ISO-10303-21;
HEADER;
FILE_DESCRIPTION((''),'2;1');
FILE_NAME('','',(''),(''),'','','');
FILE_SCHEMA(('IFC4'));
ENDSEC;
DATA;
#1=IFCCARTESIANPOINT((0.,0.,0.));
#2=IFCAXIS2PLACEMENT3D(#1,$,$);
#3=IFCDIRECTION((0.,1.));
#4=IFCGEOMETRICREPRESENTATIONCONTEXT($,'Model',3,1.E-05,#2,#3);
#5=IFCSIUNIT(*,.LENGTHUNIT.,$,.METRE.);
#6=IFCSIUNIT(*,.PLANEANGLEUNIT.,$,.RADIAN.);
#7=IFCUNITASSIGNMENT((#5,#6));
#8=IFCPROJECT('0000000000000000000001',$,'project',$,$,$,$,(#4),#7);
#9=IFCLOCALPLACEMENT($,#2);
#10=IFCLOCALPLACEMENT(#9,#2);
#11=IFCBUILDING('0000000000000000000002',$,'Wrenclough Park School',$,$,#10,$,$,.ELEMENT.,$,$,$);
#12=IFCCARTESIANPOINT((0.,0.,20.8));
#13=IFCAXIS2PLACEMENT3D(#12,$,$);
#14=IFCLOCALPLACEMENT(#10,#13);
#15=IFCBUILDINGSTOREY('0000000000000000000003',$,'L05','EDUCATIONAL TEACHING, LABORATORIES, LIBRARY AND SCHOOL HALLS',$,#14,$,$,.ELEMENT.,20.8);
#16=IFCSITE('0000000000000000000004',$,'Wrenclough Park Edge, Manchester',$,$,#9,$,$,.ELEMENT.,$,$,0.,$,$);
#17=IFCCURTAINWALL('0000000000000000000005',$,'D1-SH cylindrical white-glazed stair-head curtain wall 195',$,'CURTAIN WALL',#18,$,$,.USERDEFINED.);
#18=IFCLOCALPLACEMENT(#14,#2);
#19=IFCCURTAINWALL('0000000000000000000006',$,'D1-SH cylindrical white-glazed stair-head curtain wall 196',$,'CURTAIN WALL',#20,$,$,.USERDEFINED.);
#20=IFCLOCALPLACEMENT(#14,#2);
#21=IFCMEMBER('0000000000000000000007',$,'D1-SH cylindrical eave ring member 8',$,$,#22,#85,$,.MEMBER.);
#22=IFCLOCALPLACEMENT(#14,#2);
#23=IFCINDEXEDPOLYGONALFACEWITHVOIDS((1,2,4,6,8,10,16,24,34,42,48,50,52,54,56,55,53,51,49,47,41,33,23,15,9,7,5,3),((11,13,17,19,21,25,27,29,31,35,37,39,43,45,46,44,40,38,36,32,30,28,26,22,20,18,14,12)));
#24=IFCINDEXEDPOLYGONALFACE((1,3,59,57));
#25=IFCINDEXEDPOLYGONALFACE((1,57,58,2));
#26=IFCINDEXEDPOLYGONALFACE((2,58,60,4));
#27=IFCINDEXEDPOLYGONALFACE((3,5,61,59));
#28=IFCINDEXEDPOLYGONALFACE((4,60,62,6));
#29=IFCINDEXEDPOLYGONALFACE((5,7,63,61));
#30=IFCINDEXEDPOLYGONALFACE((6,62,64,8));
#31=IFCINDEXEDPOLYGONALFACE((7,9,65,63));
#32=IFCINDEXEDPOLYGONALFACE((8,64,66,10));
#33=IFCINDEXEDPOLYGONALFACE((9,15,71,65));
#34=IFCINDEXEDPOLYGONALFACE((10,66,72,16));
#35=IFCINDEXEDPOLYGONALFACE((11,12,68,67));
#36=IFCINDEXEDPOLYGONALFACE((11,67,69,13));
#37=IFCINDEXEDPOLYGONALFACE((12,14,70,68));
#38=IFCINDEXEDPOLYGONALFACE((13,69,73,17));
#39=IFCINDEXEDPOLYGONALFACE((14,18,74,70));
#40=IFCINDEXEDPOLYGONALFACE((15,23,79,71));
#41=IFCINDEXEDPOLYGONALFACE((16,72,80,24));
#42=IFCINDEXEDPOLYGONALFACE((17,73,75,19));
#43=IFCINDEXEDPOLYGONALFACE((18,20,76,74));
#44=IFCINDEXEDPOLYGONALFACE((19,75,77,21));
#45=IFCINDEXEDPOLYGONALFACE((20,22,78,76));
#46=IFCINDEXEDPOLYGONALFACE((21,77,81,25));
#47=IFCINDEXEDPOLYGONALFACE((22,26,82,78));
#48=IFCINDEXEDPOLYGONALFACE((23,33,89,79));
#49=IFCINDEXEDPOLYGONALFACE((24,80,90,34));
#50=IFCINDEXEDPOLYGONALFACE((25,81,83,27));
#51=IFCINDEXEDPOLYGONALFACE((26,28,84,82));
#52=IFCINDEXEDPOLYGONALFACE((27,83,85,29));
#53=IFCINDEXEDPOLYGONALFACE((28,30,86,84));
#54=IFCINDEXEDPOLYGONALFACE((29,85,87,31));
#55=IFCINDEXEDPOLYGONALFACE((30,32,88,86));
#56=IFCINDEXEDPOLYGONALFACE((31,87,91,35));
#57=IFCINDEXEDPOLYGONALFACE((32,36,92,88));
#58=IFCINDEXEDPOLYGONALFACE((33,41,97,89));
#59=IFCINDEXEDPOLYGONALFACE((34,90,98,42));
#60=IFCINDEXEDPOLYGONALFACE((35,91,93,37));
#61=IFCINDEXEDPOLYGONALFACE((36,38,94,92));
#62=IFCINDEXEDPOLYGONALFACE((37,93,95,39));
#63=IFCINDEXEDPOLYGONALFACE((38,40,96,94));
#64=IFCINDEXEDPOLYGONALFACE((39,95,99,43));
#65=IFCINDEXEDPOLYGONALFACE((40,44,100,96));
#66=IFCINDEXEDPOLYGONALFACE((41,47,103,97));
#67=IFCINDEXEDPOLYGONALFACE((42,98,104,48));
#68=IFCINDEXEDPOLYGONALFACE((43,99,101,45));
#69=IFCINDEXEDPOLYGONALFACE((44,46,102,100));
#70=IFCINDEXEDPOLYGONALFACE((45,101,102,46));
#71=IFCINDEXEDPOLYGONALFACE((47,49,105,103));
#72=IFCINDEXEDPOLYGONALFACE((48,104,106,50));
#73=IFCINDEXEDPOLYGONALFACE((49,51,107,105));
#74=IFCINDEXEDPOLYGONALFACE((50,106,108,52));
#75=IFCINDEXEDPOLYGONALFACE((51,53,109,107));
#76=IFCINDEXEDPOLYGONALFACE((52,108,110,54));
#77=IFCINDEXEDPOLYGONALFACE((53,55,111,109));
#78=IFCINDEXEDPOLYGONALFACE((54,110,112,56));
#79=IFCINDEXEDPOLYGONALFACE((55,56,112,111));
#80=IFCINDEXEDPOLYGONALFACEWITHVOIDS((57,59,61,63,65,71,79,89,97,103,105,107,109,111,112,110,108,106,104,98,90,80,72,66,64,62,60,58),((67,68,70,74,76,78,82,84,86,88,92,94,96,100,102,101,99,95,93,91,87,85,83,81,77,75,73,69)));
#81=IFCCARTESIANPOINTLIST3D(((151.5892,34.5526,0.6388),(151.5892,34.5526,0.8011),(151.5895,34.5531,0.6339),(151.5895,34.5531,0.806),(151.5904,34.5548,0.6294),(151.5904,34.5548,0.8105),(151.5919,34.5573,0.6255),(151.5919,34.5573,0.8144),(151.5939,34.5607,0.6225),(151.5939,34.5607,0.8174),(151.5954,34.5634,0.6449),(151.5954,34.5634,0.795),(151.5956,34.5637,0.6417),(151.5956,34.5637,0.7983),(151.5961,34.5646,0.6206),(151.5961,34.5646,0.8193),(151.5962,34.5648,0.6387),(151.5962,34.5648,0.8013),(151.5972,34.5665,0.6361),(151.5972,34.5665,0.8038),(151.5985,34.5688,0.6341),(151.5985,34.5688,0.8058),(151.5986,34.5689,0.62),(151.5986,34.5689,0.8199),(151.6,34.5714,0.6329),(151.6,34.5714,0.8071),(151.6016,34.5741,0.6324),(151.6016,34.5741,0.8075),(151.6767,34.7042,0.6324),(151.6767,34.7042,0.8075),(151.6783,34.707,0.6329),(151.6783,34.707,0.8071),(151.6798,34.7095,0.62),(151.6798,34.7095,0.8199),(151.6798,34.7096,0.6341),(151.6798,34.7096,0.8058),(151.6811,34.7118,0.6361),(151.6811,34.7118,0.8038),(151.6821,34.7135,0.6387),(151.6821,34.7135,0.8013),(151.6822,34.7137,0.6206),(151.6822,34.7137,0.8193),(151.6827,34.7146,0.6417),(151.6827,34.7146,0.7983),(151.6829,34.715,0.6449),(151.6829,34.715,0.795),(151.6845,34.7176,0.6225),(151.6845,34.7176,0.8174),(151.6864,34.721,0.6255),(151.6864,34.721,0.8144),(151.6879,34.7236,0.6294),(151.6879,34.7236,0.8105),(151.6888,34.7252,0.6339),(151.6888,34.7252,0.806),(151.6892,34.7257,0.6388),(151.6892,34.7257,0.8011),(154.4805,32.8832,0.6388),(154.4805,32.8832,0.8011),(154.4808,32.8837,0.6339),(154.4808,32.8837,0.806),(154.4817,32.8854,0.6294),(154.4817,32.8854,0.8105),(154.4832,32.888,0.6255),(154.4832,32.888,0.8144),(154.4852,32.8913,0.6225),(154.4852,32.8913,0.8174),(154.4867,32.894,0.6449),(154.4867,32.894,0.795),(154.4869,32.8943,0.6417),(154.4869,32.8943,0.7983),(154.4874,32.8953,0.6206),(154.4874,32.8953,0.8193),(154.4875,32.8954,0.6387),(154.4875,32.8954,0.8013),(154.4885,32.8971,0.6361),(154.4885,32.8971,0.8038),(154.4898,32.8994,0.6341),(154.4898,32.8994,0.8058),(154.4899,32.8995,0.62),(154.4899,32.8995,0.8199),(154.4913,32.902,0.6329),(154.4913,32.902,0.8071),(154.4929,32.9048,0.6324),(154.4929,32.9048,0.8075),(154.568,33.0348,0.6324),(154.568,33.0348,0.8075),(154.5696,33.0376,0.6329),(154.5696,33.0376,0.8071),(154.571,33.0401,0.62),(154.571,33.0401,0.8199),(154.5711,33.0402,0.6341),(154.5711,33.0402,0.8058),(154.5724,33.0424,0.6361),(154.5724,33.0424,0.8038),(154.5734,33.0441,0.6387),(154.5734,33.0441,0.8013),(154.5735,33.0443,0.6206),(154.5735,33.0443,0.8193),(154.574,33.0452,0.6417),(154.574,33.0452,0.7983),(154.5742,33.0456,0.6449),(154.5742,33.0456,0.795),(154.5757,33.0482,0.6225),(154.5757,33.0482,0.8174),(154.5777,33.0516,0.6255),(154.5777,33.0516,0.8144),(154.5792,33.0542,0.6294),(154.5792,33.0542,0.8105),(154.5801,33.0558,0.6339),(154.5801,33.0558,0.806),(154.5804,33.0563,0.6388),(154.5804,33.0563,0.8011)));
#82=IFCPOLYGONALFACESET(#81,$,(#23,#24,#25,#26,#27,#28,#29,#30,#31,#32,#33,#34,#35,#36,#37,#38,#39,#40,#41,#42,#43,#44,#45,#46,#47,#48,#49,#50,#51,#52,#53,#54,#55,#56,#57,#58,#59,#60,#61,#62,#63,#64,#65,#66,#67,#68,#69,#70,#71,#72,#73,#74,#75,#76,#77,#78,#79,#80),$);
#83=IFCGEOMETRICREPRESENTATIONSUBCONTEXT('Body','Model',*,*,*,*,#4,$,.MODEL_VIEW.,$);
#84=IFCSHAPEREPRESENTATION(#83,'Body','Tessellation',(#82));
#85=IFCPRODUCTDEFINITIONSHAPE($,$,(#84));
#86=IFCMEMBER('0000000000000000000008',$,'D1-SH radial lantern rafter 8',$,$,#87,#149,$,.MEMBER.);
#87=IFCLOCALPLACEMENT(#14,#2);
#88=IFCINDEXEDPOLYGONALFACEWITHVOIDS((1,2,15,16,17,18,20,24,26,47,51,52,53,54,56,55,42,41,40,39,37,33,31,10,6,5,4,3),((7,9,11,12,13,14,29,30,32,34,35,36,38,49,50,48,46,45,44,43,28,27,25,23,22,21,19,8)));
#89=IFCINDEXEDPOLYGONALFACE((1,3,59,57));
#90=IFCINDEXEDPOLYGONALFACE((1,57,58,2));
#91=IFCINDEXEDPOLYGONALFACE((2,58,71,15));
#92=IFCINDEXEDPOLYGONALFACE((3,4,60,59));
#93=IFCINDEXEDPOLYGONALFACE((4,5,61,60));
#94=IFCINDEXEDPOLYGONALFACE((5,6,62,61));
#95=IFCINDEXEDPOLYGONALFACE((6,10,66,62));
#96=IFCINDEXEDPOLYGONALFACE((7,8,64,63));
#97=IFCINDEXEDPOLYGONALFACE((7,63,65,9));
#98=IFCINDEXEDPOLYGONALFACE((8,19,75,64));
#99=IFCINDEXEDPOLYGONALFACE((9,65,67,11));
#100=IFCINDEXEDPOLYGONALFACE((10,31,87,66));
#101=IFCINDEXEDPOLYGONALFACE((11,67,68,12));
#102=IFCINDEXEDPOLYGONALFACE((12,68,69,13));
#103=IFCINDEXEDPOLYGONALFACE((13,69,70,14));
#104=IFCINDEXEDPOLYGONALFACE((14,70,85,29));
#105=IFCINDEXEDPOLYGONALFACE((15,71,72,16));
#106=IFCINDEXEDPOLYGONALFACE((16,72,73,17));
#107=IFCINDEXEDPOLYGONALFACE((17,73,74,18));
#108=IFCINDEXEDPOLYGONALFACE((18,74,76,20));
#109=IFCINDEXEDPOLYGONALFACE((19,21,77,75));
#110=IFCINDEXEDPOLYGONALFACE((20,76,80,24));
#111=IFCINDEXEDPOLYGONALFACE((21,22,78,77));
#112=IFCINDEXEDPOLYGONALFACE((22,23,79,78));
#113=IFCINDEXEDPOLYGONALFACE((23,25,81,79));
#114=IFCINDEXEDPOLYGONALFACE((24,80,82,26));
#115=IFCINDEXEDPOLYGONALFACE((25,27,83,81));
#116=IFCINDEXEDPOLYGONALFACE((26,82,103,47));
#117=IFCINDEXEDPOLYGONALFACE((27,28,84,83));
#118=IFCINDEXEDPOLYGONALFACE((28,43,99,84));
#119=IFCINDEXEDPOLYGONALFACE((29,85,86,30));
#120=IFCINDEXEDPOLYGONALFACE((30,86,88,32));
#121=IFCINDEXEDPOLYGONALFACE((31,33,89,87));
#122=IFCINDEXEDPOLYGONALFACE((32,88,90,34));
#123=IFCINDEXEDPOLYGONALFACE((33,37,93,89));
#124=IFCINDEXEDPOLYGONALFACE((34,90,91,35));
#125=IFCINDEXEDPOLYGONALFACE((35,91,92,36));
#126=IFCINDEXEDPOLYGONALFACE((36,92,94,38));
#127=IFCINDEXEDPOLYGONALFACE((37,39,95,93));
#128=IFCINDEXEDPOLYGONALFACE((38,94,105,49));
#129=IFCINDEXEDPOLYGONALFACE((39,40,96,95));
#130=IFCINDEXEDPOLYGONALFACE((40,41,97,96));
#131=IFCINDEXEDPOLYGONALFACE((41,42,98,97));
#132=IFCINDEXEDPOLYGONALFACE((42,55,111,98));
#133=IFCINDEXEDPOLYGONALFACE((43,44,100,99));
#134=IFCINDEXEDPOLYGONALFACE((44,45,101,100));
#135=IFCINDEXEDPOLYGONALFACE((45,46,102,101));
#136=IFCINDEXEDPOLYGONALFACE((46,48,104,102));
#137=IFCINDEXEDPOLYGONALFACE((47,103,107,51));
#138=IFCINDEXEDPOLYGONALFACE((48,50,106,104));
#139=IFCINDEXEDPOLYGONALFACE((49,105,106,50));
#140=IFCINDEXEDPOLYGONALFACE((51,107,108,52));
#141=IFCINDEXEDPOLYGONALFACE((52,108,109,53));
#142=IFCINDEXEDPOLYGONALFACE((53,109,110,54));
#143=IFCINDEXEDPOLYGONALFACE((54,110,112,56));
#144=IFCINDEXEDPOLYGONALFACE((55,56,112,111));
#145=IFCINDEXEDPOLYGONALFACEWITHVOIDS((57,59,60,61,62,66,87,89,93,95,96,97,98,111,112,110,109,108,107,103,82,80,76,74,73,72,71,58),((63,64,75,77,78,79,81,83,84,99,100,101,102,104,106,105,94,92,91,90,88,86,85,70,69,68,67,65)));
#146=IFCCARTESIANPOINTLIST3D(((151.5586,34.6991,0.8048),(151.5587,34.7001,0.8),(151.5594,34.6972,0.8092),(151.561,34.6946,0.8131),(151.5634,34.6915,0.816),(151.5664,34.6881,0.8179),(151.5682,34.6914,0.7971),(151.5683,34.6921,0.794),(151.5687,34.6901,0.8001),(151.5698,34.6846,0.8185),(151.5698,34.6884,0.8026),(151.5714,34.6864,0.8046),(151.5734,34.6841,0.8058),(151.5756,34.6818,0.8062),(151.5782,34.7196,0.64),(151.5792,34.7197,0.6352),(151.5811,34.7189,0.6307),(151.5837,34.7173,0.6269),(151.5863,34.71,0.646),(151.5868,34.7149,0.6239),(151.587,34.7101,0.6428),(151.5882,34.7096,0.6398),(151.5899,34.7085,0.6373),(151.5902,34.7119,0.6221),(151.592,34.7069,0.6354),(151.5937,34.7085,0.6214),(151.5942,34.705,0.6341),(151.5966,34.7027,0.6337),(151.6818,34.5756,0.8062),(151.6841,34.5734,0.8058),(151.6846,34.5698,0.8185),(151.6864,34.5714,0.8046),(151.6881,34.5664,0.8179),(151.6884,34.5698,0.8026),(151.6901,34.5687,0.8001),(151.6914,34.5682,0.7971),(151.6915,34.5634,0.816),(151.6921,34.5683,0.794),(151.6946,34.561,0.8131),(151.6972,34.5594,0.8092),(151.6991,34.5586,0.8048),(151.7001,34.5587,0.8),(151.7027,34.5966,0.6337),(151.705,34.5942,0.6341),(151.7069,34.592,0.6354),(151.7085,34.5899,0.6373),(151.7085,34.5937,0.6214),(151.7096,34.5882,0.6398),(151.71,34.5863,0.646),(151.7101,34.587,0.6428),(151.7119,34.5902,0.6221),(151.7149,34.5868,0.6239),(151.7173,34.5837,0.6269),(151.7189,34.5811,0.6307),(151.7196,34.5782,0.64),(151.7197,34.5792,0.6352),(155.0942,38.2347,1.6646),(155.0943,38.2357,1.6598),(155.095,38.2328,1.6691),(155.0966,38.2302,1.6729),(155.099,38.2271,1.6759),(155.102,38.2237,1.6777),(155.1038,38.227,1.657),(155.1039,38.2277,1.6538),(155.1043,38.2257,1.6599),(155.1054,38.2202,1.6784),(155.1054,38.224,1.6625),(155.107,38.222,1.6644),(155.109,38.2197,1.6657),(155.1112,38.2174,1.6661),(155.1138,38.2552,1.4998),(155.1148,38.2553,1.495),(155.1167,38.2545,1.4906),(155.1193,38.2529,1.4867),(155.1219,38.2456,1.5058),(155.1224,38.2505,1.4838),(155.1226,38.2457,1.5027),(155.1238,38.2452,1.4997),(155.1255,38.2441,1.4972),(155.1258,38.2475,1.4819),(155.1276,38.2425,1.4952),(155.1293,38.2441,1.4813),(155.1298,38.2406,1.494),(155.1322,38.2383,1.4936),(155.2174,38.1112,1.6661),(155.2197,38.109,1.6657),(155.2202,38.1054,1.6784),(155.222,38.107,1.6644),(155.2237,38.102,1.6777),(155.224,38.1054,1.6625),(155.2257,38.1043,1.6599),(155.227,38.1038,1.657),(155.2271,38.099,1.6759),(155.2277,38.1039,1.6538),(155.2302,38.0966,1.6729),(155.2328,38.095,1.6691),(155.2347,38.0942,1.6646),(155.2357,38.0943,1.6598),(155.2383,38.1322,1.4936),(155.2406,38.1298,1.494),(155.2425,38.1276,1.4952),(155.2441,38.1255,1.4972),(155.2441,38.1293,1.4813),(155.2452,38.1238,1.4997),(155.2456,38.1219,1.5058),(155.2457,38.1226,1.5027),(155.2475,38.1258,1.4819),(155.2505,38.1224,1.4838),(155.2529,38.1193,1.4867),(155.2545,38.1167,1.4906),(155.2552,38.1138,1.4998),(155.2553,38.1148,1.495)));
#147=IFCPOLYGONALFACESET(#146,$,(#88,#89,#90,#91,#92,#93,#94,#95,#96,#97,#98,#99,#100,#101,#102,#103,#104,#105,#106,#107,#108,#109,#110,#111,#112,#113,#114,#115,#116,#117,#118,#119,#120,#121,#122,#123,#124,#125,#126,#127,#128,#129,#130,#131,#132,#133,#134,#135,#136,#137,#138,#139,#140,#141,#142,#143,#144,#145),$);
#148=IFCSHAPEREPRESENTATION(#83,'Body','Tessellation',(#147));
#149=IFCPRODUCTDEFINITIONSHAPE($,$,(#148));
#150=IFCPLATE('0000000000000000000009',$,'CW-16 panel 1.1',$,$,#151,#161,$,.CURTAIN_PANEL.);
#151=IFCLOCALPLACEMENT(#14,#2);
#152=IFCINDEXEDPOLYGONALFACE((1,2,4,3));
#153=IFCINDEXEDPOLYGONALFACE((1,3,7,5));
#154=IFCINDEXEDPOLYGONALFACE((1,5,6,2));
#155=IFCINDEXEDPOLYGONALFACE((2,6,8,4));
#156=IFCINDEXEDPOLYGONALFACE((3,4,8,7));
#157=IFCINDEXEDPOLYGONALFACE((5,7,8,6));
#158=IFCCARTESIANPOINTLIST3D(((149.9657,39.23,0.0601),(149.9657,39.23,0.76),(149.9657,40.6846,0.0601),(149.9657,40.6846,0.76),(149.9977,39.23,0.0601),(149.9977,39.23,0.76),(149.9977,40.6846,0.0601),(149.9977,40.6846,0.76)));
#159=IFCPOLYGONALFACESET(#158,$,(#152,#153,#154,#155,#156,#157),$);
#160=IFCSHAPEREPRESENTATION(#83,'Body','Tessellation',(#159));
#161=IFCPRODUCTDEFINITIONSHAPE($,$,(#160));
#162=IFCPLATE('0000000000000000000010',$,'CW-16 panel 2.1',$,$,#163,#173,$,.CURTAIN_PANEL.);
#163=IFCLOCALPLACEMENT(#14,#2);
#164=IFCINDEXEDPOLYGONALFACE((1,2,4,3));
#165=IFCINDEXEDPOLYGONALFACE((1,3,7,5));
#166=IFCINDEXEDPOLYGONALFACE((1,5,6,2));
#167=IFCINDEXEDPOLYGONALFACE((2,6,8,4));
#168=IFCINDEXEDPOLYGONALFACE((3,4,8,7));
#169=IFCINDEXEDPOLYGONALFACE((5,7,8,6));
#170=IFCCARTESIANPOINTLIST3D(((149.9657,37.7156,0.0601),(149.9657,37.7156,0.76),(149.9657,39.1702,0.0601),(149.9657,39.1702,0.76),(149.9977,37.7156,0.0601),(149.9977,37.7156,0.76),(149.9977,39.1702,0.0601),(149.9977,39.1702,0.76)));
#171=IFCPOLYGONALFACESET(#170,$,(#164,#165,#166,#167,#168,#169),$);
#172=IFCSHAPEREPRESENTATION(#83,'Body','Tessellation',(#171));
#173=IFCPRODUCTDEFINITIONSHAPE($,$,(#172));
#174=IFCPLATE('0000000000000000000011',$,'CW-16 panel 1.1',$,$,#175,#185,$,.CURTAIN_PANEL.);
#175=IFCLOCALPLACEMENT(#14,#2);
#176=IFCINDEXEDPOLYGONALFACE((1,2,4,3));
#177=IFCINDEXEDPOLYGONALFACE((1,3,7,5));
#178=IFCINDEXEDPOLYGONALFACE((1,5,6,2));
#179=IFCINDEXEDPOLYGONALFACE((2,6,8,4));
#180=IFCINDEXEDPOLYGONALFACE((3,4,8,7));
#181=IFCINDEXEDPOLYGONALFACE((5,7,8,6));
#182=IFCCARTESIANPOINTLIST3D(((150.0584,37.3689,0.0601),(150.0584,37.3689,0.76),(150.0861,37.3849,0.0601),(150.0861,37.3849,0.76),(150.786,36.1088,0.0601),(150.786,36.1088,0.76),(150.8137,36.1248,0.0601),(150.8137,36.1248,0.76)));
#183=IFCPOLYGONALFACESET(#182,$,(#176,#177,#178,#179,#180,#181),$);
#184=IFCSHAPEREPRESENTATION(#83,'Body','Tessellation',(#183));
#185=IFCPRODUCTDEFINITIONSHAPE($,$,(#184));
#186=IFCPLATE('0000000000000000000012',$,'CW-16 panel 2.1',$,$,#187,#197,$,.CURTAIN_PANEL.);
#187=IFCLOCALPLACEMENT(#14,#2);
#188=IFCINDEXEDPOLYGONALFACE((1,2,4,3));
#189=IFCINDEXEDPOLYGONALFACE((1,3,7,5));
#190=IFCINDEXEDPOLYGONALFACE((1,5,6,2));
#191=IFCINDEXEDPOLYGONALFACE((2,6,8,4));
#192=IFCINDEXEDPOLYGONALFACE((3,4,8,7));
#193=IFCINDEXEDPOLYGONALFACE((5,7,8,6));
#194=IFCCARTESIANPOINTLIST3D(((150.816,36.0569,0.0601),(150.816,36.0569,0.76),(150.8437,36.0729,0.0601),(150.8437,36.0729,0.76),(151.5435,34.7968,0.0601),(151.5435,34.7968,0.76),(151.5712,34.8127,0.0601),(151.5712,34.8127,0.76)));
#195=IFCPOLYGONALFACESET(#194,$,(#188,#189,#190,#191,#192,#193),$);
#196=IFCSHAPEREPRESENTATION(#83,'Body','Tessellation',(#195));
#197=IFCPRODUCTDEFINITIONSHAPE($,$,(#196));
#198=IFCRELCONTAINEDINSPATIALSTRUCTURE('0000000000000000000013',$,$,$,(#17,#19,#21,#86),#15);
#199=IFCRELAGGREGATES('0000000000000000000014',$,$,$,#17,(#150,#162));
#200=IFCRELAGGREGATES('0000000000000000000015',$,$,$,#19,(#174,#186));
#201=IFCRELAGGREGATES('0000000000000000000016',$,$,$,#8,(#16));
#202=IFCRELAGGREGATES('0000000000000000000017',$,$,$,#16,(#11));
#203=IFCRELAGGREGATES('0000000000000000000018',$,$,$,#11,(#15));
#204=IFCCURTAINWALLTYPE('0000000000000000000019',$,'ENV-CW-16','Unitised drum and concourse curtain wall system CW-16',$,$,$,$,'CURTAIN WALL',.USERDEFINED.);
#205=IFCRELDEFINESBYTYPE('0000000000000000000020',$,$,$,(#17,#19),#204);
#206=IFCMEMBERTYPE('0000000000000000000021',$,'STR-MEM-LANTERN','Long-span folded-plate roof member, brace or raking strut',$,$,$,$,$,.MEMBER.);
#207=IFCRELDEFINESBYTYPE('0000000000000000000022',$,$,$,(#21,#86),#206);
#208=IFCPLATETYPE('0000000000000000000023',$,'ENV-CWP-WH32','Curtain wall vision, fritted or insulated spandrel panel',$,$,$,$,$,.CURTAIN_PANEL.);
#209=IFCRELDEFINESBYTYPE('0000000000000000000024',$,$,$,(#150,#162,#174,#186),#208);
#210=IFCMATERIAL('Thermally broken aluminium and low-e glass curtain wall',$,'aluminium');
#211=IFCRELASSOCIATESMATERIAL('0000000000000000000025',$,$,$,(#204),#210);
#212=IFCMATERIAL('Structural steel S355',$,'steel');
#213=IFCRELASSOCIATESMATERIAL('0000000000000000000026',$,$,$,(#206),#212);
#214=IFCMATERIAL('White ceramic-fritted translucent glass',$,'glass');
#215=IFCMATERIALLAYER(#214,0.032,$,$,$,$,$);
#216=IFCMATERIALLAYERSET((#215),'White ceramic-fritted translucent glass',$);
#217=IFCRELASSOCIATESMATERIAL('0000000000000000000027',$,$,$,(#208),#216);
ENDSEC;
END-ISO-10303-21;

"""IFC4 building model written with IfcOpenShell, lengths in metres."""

from ifc_helpers import new_model, si_unit, direction, frame, origin, origin_2d, place, context, subcontext, project, spatial, rectangle, hollow_rectangle, extrude, material, layer, layer_set, material_profile, profile_set, type_object, element, aggregate, save


model = new_model("IFC4")

# Units and contexts
model_context = context("Model", 3, precision=1e-05, world=origin(), true_north=direction((0.0, 1.0)))
body_context = subcontext(model_context, "Body", "Model", "MODEL_VIEW")
ifc_project = project(units=[si_unit("LENGTHUNIT", "METRE"), si_unit("PLANEANGLEUNIT", "RADIAN")], contexts=[model_context])

# Site, building, storey
site_placement = place(None, origin())
site = spatial("IfcSite", under=ifc_project, at=site_placement, Name="Wrenclough Park Edge, Manchester", CompositionType="ELEMENT", RefElevation=0.0)
building_placement = place(site_placement, origin())
building = spatial("IfcBuilding", under=site, at=building_placement, Name="Wrenclough Park School", CompositionType="ELEMENT")
storey_placement = place(building_placement, frame((0.0, 0.0, 20.8)))
storey = spatial("IfcBuildingStorey", under=building, at=storey_placement, Name="L05", Description="EDUCATIONAL TEACHING, LABORATORIES, LIBRARY AND SCHOOL HALLS", CompositionType="ELEMENT", Elevation=20.8)

# Shared definitions
ifc_material_1 = material(Name="Structural steel S355", Category="steel")

# Curtain walls
ifc_material_2 = material(Name="Thermally broken aluminium and low-e glass curtain wall", Category="aluminium")
curtain_wall_type = type_object("IfcCurtainWallType", Name="ENV-CW-16", Description="Unitised drum and concourse curtain wall system CW-16", ElementType="CURTAIN WALL", PredefinedType="USERDEFINED", material=ifc_material_2)
curtain_wall_1_placement = place(storey_placement, origin())
curtain_wall_1 = element("IfcCurtainWall", 1, at=curtain_wall_1_placement, inside=storey, type_object=curtain_wall_type, Name="D1-SH cylindrical white-glazed stair-head curtain wall 195", ObjectType="CURTAIN WALL", PredefinedType="USERDEFINED")
curtain_wall_2_placement = place(storey_placement, origin())
curtain_wall_2 = element("IfcCurtainWall", 2, at=curtain_wall_2_placement, inside=storey, type_object=curtain_wall_type, Name="D1-SH cylindrical white-glazed stair-head curtain wall 196", ObjectType="CURTAIN WALL", PredefinedType="USERDEFINED")

# Members
ifc_material_profile_1 = material_profile(ifc_material_1, hollow_rectangle(XDim=0.2, YDim=0.2, WallThickness=0.0125, InnerFilletRadius=0.0125, OuterFilletRadius=0.0188, at=origin_2d()), Name="SHS 200x200x12.5")
ifc_profile_set_1 = profile_set([ifc_material_profile_1], Name="Structural steel S355")
member_type_1 = type_object("IfcMemberType", Name="STR-MEM-LANTERN", Description="Long-span folded-plate roof member, brace or raking strut", PredefinedType="MEMBER", material=ifc_profile_set_1)
member_1_placement = place(storey_placement, frame((151.6392, 34.6392, 0.72), z_axis=(0.866011, -0.500024, 0.0), x_axis=(0.500024, 0.866011, 0.0)))
element("IfcMember", 3, at=member_1_placement, inside=storey, type_object=member_type_1, Name="D1-SH cylindrical eave ring member 8", PredefinedType="MEMBER", context=body_context, shape_type="SweptSolid", body=[
    extrude(hollow_rectangle(XDim=0.2, YDim=0.2, WallThickness=0.0125, InnerFilletRadius=0.0125, OuterFilletRadius=0.0188, at=origin_2d()), origin(), (0.0, 0.0, 1.0), 3.3386),
])
member_2_placement = place(storey_placement, frame((151.6392, 34.6392, 0.72), z_axis=(0.696878, 0.696878, 0.16948), x_axis=(-0.707107, 0.707107, 0.0)))
element("IfcMember", 4, at=member_2_placement, inside=storey, type_object=member_type_1, Name="D1-SH radial lantern rafter 8", PredefinedType="MEMBER", context=body_context, shape_type="SweptSolid", body=[
    extrude(hollow_rectangle(XDim=0.2, YDim=0.2, WallThickness=0.0125, InnerFilletRadius=0.0125, OuterFilletRadius=0.0188, at=origin_2d()), origin(), (0.0, 0.0, 1.0), 5.0735),
])

# Plates
ifc_material_3 = material(Name="White ceramic-fritted translucent glass", Category="glass")
ifc_layer_1 = layer(ifc_material_3, 0.032)
ifc_layer_set_1 = layer_set([ifc_layer_1], Name="White ceramic-fritted translucent glass")
plate_type = type_object("IfcPlateType", Name="ENV-CWP-WH32", Description="Curtain wall vision, fritted or insulated spandrel panel", PredefinedType="CURTAIN_PANEL", material=ifc_layer_set_1)
plate_1_placement = place(storey_placement, frame((149.9817, 39.9573, 0.0601), z_axis=(0.0, 0.0, 1.0), x_axis=(0.0, -1.0, 0.0)))
plate_1 = element("IfcPlate", 5, at=plate_1_placement, type_object=plate_type, Name="CW-16 panel 1.1", PredefinedType="CURTAIN_PANEL", context=body_context, shape_type="SweptSolid", body=[
    extrude(rectangle(XDim=1.4546, YDim=0.032, at=origin_2d()), origin(), (0.0, 0.0, 1.0), 0.7),
])
plate_2_placement = place(storey_placement, frame((149.9817, 38.4429, 0.0601), z_axis=(0.0, 0.0, 1.0), x_axis=(0.0, -1.0, 0.0)))
plate_2 = element("IfcPlate", 6, at=plate_2_placement, type_object=plate_type, Name="CW-16 panel 2.1", PredefinedType="CURTAIN_PANEL", context=body_context, shape_type="SweptSolid", body=[
    extrude(rectangle(XDim=1.4546, YDim=0.032, at=origin_2d()), origin(), (0.0, 0.0, 1.0), 0.7),
])
aggregate(curtain_wall_1, [plate_1, plate_2])
plate_3_placement = place(storey_placement, frame((150.436, 36.7468, 0.0601), z_axis=(0.0, 0.0, 1.0), x_axis=(0.500003, -0.866024, 0.0)))
plate_3 = element("IfcPlate", 7, at=plate_3_placement, type_object=plate_type, Name="CW-16 panel 1.1", PredefinedType="CURTAIN_PANEL", context=body_context, shape_type="SweptSolid", body=[
    extrude(rectangle(XDim=1.4551, YDim=0.032, at=origin_2d()), origin(), (0.0, 0.0, 1.0), 0.7),
])
plate_4_placement = place(storey_placement, frame((151.1936, 35.4348, 0.0601), z_axis=(0.0, 0.0, 1.0), x_axis=(0.500003, -0.866024, 0.0)))
plate_4 = element("IfcPlate", 8, at=plate_4_placement, type_object=plate_type, Name="CW-16 panel 2.1", PredefinedType="CURTAIN_PANEL", context=body_context, shape_type="SweptSolid", body=[
    extrude(rectangle(XDim=1.4551, YDim=0.032, at=origin_2d()), origin(), (0.0, 0.0, 1.0), 0.7),
])
aggregate(curtain_wall_2, [plate_3, plate_4])

save(model, "model.ifc")
